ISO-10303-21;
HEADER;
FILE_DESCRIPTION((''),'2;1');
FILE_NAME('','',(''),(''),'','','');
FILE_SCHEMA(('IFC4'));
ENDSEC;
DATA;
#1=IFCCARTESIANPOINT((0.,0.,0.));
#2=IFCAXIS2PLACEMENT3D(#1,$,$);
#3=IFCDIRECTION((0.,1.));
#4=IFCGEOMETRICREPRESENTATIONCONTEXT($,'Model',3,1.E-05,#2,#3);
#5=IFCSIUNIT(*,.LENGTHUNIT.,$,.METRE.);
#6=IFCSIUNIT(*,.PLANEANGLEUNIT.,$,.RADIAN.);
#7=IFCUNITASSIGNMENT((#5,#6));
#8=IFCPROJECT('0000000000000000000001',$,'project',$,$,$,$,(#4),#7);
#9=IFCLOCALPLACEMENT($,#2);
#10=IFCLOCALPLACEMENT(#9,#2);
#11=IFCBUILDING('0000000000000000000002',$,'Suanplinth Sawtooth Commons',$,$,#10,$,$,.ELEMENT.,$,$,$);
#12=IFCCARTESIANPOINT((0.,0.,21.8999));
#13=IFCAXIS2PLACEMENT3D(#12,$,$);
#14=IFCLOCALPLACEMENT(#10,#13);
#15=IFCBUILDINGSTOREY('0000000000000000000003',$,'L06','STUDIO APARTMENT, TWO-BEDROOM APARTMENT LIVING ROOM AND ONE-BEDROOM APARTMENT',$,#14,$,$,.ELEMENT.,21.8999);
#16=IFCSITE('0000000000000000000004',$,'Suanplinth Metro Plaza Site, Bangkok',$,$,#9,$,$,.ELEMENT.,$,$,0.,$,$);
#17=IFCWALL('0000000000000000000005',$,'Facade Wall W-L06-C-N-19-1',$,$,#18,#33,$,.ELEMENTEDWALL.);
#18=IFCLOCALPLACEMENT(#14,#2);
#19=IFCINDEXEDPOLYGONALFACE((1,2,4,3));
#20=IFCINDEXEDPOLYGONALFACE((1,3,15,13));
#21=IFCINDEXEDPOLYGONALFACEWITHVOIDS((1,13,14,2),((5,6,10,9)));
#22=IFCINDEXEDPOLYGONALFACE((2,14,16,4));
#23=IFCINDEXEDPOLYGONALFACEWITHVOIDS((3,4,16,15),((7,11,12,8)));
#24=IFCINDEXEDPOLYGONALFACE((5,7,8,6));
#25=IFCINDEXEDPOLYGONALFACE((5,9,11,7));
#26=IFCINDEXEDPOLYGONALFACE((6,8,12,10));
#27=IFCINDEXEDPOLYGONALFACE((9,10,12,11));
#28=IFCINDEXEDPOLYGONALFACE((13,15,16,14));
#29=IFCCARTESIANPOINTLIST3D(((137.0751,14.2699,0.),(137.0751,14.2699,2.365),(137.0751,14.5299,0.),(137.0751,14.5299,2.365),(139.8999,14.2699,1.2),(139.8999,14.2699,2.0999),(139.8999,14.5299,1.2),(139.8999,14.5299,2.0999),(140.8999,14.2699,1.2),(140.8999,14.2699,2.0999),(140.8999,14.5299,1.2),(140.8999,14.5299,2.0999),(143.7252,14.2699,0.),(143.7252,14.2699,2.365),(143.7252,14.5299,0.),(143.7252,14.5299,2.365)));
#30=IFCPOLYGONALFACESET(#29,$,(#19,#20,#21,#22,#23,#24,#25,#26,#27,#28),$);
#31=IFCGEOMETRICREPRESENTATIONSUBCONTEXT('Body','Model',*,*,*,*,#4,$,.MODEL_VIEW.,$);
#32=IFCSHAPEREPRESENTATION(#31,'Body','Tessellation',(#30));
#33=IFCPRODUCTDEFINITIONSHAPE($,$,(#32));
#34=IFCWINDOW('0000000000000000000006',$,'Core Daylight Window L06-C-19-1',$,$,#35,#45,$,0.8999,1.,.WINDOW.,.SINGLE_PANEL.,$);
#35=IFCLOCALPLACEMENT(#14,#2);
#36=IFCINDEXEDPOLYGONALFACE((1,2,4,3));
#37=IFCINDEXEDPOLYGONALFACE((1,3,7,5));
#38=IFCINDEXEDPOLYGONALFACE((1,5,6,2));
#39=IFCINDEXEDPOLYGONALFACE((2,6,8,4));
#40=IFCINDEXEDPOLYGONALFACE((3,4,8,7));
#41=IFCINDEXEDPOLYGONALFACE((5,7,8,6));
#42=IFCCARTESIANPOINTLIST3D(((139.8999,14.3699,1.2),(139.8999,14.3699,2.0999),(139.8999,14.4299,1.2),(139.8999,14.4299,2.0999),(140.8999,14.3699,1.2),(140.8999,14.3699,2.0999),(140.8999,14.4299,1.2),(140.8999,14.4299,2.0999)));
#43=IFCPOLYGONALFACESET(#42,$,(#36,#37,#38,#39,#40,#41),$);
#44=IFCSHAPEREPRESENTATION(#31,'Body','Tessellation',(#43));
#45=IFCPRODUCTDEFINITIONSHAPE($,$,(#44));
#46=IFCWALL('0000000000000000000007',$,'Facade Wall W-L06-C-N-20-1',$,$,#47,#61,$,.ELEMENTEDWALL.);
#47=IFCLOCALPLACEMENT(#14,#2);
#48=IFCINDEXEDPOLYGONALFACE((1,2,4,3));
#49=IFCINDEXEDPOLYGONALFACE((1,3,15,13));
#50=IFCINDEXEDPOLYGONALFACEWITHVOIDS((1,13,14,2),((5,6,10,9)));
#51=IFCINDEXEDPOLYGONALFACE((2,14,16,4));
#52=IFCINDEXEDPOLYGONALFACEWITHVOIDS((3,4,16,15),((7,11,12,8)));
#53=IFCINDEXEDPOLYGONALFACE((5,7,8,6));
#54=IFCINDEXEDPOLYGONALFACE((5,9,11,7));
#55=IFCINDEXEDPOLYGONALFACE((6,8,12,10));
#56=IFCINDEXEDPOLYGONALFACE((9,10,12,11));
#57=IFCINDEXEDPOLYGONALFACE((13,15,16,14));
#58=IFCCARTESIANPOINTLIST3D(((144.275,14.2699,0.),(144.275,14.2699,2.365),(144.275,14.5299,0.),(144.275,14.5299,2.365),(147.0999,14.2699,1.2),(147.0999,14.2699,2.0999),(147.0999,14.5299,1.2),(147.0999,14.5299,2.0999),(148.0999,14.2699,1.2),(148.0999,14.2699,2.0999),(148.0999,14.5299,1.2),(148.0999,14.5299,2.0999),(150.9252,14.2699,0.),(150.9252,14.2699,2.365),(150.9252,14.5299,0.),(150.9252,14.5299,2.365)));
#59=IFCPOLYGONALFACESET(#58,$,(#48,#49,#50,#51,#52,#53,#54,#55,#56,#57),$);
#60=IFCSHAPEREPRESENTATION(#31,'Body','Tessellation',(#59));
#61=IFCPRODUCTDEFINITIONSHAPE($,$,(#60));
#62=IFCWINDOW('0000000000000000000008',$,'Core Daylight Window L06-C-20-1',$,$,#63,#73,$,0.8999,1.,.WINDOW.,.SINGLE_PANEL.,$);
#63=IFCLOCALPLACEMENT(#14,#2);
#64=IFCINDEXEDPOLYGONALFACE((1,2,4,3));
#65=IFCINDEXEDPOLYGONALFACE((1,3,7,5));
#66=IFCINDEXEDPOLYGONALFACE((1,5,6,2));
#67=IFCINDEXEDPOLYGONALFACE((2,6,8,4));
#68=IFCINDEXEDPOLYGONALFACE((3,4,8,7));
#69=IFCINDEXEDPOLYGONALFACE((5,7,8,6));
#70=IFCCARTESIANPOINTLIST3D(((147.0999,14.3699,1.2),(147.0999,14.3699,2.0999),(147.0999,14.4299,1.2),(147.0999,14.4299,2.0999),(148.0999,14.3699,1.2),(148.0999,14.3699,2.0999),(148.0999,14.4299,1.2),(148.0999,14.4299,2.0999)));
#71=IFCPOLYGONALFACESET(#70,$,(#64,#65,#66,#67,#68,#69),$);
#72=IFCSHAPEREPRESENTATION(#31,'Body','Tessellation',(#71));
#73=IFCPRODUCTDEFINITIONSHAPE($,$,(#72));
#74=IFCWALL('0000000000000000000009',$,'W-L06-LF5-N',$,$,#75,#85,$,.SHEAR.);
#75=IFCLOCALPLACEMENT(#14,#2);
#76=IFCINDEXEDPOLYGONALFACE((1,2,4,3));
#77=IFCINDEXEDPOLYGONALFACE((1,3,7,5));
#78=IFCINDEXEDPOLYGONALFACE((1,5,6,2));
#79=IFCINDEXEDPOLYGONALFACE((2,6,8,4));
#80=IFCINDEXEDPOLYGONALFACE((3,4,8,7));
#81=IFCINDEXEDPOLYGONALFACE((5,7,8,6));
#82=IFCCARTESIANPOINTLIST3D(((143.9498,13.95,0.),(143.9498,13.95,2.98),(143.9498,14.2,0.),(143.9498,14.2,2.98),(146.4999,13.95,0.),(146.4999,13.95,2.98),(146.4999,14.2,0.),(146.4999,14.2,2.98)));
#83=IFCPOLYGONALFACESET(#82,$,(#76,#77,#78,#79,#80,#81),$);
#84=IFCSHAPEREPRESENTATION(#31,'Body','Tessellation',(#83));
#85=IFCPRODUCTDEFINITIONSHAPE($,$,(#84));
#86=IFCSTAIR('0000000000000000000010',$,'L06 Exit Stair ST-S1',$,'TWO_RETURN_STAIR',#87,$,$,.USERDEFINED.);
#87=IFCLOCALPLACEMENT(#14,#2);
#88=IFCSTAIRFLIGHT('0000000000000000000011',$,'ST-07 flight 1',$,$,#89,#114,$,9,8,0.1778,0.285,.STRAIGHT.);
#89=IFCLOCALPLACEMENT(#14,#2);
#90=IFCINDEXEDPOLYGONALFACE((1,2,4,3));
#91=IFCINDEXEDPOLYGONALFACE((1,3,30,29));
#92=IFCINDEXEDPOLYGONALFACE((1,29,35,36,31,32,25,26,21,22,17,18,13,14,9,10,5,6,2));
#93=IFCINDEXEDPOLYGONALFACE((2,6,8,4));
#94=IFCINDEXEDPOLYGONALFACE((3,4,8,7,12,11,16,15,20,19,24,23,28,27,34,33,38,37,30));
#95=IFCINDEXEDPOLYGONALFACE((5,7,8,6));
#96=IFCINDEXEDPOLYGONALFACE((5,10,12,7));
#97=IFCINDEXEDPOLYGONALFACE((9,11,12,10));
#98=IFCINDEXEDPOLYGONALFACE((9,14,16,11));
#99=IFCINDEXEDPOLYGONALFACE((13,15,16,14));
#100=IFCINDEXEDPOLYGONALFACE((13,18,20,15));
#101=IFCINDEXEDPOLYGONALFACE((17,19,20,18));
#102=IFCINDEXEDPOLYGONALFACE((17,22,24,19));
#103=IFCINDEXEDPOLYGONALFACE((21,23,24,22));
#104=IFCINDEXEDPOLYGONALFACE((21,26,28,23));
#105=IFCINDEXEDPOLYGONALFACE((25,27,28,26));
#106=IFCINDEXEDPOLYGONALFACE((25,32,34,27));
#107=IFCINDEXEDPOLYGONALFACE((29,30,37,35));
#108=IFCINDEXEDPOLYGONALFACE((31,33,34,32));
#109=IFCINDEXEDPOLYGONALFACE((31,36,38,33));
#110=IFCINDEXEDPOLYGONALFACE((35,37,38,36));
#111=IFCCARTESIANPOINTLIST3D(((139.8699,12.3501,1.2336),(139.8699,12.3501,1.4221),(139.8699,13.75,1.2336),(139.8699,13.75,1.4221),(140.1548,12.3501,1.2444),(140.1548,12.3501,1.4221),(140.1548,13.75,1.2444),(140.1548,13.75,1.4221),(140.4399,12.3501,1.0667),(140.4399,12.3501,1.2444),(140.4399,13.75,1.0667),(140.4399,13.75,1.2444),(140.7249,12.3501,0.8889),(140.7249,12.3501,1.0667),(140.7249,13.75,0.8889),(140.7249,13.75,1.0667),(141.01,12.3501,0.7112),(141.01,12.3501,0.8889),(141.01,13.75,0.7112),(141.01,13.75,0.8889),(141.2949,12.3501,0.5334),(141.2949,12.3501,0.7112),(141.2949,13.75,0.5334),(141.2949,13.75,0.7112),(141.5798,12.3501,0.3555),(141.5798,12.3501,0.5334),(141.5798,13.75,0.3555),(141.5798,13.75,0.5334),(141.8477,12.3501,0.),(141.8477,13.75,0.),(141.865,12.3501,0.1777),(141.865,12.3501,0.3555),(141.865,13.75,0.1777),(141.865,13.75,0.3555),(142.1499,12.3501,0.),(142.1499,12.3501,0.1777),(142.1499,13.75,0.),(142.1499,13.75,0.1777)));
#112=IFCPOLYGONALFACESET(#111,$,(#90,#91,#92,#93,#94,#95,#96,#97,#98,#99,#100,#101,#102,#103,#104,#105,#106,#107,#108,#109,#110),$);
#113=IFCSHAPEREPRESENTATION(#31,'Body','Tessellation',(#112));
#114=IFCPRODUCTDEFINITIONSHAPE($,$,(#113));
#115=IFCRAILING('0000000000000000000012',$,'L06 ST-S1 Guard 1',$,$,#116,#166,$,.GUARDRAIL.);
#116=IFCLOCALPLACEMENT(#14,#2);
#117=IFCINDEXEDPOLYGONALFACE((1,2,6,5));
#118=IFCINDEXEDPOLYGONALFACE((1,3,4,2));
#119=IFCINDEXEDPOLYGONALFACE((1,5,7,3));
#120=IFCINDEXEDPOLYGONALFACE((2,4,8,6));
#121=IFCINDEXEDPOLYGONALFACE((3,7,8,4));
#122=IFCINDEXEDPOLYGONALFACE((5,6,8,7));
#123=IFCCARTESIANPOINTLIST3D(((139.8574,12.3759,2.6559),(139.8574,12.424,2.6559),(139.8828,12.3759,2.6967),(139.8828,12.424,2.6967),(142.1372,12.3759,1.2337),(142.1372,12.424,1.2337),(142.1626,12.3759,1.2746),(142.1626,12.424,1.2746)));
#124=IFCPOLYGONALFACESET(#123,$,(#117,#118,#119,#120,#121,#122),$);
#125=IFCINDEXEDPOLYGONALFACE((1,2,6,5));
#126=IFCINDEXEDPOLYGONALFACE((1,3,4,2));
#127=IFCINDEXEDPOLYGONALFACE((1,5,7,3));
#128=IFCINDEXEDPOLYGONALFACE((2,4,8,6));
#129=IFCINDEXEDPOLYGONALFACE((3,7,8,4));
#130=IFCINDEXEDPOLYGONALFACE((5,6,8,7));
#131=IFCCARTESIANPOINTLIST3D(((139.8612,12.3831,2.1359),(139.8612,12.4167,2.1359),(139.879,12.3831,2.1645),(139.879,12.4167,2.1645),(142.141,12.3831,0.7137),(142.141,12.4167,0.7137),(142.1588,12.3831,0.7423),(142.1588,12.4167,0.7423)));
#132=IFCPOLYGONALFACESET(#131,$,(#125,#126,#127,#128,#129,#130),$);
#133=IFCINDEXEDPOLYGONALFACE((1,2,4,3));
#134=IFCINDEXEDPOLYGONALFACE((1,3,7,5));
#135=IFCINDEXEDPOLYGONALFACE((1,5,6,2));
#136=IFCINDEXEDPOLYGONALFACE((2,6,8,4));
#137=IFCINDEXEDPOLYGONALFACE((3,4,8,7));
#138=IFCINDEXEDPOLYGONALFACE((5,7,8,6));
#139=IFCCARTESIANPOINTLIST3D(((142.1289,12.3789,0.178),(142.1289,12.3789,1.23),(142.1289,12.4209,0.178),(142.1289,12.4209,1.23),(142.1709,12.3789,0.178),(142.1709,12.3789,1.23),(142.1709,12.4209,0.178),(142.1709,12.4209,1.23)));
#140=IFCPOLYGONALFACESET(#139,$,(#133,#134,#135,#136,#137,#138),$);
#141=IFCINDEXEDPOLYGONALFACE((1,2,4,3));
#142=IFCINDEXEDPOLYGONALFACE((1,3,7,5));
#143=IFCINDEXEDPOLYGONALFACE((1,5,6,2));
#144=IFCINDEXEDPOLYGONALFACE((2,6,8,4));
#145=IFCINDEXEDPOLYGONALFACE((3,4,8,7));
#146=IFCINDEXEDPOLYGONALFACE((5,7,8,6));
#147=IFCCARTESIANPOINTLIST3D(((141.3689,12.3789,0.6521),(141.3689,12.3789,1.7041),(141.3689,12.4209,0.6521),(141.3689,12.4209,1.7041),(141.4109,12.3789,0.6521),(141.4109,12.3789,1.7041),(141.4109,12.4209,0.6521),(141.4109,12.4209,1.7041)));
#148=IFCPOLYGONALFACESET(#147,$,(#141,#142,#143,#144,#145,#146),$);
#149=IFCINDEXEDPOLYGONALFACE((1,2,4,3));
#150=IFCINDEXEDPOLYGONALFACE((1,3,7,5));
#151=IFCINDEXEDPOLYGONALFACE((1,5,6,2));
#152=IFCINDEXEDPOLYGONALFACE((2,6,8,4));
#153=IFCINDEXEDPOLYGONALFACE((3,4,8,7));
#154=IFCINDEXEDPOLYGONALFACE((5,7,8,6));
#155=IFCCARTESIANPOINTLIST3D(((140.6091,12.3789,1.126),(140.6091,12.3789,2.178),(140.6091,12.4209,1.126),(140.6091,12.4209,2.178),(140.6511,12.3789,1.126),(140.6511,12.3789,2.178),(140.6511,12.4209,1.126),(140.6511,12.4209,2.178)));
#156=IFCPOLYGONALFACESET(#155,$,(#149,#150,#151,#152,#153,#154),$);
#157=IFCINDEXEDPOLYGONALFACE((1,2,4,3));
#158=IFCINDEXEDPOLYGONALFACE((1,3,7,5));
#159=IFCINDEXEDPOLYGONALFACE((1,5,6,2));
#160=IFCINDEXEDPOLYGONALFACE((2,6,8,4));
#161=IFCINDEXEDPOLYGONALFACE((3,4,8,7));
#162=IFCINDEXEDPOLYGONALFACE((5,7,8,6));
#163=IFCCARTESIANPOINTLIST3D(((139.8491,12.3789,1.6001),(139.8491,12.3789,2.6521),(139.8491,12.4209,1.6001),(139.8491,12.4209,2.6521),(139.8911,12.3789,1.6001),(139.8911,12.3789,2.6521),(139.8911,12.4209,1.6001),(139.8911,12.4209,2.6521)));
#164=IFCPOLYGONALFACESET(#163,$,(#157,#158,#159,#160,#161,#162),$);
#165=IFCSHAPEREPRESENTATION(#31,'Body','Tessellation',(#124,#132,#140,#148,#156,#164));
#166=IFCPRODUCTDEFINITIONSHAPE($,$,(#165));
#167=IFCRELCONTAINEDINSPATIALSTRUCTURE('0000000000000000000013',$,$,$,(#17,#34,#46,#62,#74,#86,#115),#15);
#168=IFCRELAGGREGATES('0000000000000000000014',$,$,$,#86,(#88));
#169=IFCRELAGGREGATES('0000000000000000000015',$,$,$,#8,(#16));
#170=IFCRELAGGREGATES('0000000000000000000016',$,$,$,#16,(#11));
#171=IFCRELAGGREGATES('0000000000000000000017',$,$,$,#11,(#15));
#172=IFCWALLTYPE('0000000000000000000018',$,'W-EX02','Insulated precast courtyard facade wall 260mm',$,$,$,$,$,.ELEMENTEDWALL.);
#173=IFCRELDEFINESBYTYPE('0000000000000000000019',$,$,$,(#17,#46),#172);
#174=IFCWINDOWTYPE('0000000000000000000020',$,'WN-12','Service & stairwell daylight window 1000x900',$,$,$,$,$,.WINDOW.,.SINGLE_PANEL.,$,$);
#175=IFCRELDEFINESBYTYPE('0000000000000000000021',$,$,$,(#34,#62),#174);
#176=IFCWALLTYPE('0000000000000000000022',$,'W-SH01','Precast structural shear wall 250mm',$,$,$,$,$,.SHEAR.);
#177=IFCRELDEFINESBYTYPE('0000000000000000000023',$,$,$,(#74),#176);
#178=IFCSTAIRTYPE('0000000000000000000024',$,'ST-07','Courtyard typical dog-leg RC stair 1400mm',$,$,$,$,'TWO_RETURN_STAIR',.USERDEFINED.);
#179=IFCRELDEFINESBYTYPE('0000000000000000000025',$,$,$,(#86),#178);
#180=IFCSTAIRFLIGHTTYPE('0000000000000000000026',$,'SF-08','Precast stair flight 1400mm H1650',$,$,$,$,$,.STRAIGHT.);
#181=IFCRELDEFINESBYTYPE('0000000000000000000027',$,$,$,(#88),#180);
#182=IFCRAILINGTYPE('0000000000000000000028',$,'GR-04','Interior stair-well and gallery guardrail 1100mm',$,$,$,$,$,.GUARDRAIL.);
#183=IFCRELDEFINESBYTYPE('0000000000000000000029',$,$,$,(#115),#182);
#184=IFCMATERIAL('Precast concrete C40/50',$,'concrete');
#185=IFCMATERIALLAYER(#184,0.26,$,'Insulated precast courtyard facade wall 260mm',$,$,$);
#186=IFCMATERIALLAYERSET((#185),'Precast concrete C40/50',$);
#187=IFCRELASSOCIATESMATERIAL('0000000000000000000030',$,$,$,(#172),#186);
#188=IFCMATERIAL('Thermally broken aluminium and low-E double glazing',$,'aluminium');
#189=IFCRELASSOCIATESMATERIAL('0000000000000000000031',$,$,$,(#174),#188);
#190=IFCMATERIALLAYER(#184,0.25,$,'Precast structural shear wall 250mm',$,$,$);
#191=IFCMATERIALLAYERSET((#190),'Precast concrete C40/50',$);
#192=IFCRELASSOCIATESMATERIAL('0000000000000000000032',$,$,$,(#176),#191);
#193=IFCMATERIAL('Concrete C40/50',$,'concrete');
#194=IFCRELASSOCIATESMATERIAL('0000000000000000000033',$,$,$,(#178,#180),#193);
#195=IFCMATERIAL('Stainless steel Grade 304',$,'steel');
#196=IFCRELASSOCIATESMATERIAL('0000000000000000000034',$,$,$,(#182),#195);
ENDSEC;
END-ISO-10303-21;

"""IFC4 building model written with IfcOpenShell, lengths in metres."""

from ifc_helpers import new_model, si_unit, direction, frame, frame_2d, origin, origin_2d, place, context, subcontext, project, spatial, polyline, rectangle, outline, extrude, material, layer, layer_set, type_object, element, fill, aggregate, save


model = new_model("IFC4")

# Units and contexts
model_context = context("Model", 3, precision=1e-05, world=origin(), true_north=direction((0.0, 1.0)))
body_context = subcontext(model_context, "Body", "Model", "MODEL_VIEW")
ifc_project = project(units=[si_unit("LENGTHUNIT", "METRE"), si_unit("PLANEANGLEUNIT", "RADIAN")], contexts=[model_context])

# Site, building, storey
site_placement = place(None, origin())
site = spatial("IfcSite", under=ifc_project, at=site_placement, Name="Suanplinth Metro Plaza Site, Bangkok", CompositionType="ELEMENT", RefElevation=0.0)
building_placement = place(site_placement, origin())
building = spatial("IfcBuilding", under=site, at=building_placement, Name="Suanplinth Sawtooth Commons", CompositionType="ELEMENT")
storey_placement = place(building_placement, frame((0.0, 0.0, 21.8999)))
storey = spatial("IfcBuildingStorey", under=building, at=storey_placement, Name="L06", Description="STUDIO APARTMENT, TWO-BEDROOM APARTMENT LIVING ROOM AND ONE-BEDROOM APARTMENT", CompositionType="ELEMENT", Elevation=21.8999)

# Shared definitions
ifc_material_1 = material(Name="Precast concrete C40/50", Category="concrete")

# Shared definitions
ifc_material_2 = material(Name="Concrete C40/50", Category="concrete")

# Shared definitions
ifc_layer_1 = layer(ifc_material_1, 0.26, Name="Insulated precast courtyard facade wall 260mm")
ifc_layer_set_1 = layer_set([ifc_layer_1], Name="Precast concrete C40/50")
wall_type_1 = type_object("IfcWallType", Name="W-EX02", Description="Insulated precast courtyard facade wall 260mm", PredefinedType="ELEMENTEDWALL", material=ifc_layer_set_1)
ifc_material_3 = material(Name="Thermally broken aluminium and low-E double glazing", Category="aluminium")

# Walls, openings, windows
wall_1_placement = place(storey_placement, frame((137.075, 14.3999, 0.0), z_axis=(0.0, 0.0, 1.0), x_axis=(1.0, 0.0, 0.0)))
wall_1 = element("IfcWall", 1, at=wall_1_placement, inside=storey, type_object=wall_type_1, Name="Facade Wall W-L06-C-N-19-1", PredefinedType="ELEMENTEDWALL", context=body_context, shape_type="SweptSolid", body=[
    extrude(rectangle(XDim=6.6501, YDim=0.26, at=frame_2d((3.3252, 0.0))), origin(), (0.0, 0.0, 1.0), 2.365),
])
opening_1_placement = place(wall_1_placement, frame((2.825, 0.0, 1.2)))
opening_1 = element("IfcOpeningElement", 2, at=opening_1_placement, cuts=wall_1, PredefinedType="OPENING", context=body_context, shape_type="SweptSolid", body=[
    extrude(rectangle(XDim=1.0, YDim=0.8999, at=frame_2d((0.5, 0.45))), frame((0.0, 0.145, 0.0), z_axis=(0.0, -1.0, 0.0), x_axis=(1.0, 0.0, 0.0)), (0.0, 0.0, 1.0), 0.2898),
])
window_type_1 = type_object("IfcWindowType", Name="WN-12", Description="Service & stairwell daylight window 1000x900", PartitioningType="SINGLE_PANEL", PredefinedType="WINDOW", material=ifc_material_3)
window_1_placement = place(opening_1_placement, origin())
window_1 = element("IfcWindow", 3, at=window_1_placement, inside=storey, type_object=window_type_1, Name="Core Daylight Window L06-C-19-1", OverallHeight=0.8999, OverallWidth=1.0, PartitioningType="SINGLE_PANEL", PredefinedType="WINDOW", context=body_context, shape_type="SweptSolid", body=[
    extrude(rectangle(XDim=1.0, YDim=0.8999, at=frame_2d((0.5, 0.45))), frame((0.0, 0.03, 0.0), z_axis=(0.0, -1.0, 0.0), x_axis=(1.0, 0.0, 0.0)), (0.0, 0.0, 1.0), 0.0601),
])
fill(opening_1, window_1)
wall_2_placement = place(storey_placement, frame((144.2749, 14.3999, 0.0), z_axis=(0.0, 0.0, 1.0), x_axis=(1.0, 0.0, 0.0)))
wall_2 = element("IfcWall", 4, at=wall_2_placement, inside=storey, type_object=wall_type_1, Name="Facade Wall W-L06-C-N-20-1", PredefinedType="ELEMENTEDWALL", context=body_context, shape_type="SweptSolid", body=[
    extrude(rectangle(XDim=6.6501, YDim=0.26, at=frame_2d((3.3252, 0.0))), origin(), (0.0, 0.0, 1.0), 2.365),
])
opening_2_placement = place(wall_2_placement, frame((2.825, 0.0, 1.2)))
opening_2 = element("IfcOpeningElement", 5, at=opening_2_placement, cuts=wall_2, PredefinedType="OPENING", context=body_context, shape_type="SweptSolid", body=[
    extrude(rectangle(XDim=1.0, YDim=0.8999, at=frame_2d((0.5, 0.45))), frame((0.0, 0.145, 0.0), z_axis=(0.0, -1.0, 0.0), x_axis=(1.0, 0.0, 0.0)), (0.0, 0.0, 1.0), 0.2898),
])
window_2_placement = place(opening_2_placement, origin())
window_2 = element("IfcWindow", 6, at=window_2_placement, inside=storey, type_object=window_type_1, Name="Core Daylight Window L06-C-20-1", OverallHeight=0.8999, OverallWidth=1.0, PartitioningType="SINGLE_PANEL", PredefinedType="WINDOW", context=body_context, shape_type="SweptSolid", body=[
    extrude(rectangle(XDim=1.0, YDim=0.8999, at=frame_2d((0.5, 0.45))), frame((0.0, 0.03, 0.0), z_axis=(0.0, -1.0, 0.0), x_axis=(1.0, 0.0, 0.0)), (0.0, 0.0, 1.0), 0.0601),
])
fill(opening_2, window_2)

# Wall
ifc_layer_2 = layer(ifc_material_1, 0.25, Name="Precast structural shear wall 250mm")
ifc_layer_set_2 = layer_set([ifc_layer_2], Name="Precast concrete C40/50")
wall_type_2 = type_object("IfcWallType", Name="W-SH01", Description="Precast structural shear wall 250mm", PredefinedType="SHEAR", material=ifc_layer_set_2)
wall_3_placement = place(storey_placement, frame((143.95, 14.075, 0.0), z_axis=(0.0, 0.0, 1.0), x_axis=(1.0, 0.0, 0.0)))
element("IfcWall", 7, at=wall_3_placement, inside=storey, type_object=wall_type_2, Name="W-L06-LF5-N", PredefinedType="SHEAR", context=body_context, shape_type="SweptSolid", body=[
    extrude(rectangle(XDim=2.55, YDim=0.25, at=frame_2d((1.2749, 0.0))), origin(), (0.0, 0.0, 1.0), 2.98),
])

# Stair, stair flight
stair_type = type_object("IfcStairType", Name="ST-07", Description="Courtyard typical dog-leg RC stair 1400mm", ElementType="TWO_RETURN_STAIR", PredefinedType="USERDEFINED", material=ifc_material_2)
stair_placement = place(storey_placement, origin())
stair = element("IfcStair", 8, at=stair_placement, inside=storey, type_object=stair_type, Name="L06 Exit Stair ST-S1", ObjectType="TWO_RETURN_STAIR", PredefinedType="USERDEFINED")
stair_flight_type = type_object("IfcStairFlightType", Name="SF-08", Description="Precast stair flight 1400mm H1650", PredefinedType="STRAIGHT", material=ifc_material_2)
stair_flight_placement = place(storey_placement, frame((142.1499, 13.05, 0.0), z_axis=(0.0, 0.0, 1.0), x_axis=(-1.0, 0.0, 0.0)))
stair_flight = element("IfcStairFlight", 9, at=stair_flight_placement, type_object=stair_flight_type, Name="ST-07 flight 1", NumberOfRisers=9, NumberOfTreads=8, PredefinedType="STRAIGHT", RiserHeight=0.1778, TreadLength=0.285, context=body_context, shape_type="SweptSolid", body=[
    extrude(outline(polyline([(0.0, 0.0), (0.0, 0.1777), (0.2849, 0.1777), (0.2849, 0.3555), (0.5701, 0.3555), (0.5701, 0.5334), (0.855, 0.5334), (0.855, 0.7112), (1.1399, 0.7112), (1.1399, 0.8889), (1.425, 0.8889), (1.425, 1.0667), (1.71, 1.0667), (1.71, 1.2444), (1.9951, 1.2444), (1.9951, 1.4221), (2.28, 1.4221), (2.28, 1.6001), (2.28, 1.2336), (0.3022, 0.0), (0.0, 0.0)])), frame((0.0, 0.7, 0.0), z_axis=(0.0, -1.0, 0.0), x_axis=(1.0, 0.0, 0.0)), (0.0, 0.0, 1.0), 1.3999),
])
aggregate(stair, [stair_flight])

# Railing
ifc_material_4 = material(Name="Stainless steel Grade 304", Category="steel")
railing_type_1 = type_object("IfcRailingType", Name="GR-04", Description="Interior stair-well and gallery guardrail 1100mm", PredefinedType="GUARDRAIL", material=ifc_material_4)
railing_1_placement = place(storey_placement, frame((142.1499, 12.3999, 0.178)))
element("IfcRailing", 10, at=railing_1_placement, inside=storey, type_object=railing_type_1, Name="L06 ST-S1 Guard 1", PredefinedType="GUARDRAIL", context=body_context, shape_type="SweptSolid", body=[
    extrude(rectangle(XDim=0.0481, YDim=0.0481, at=origin_2d()), frame((0.0, 0.0, 1.0762), z_axis=(-0.848457, 0.0, 0.529264), x_axis=(0.0, -1.0, 0.0)), (0.0, 0.0, 1.0), 2.687),
    extrude(rectangle(XDim=0.0337, YDim=0.0337, at=origin_2d()), frame((0.0, 0.0, 0.55), z_axis=(-0.848457, 0.0, 0.529264), x_axis=(0.0, -1.0, 0.0)), (0.0, 0.0, 1.0), 2.687),
    extrude(rectangle(XDim=0.042, YDim=0.042, at=origin_2d()), origin(), (0.0, 0.0, 1.0), 1.052),
    extrude(rectangle(XDim=0.042, YDim=0.042, at=origin_2d()), frame((-0.76, 0.0, 0.4741)), (0.0, 0.0, 1.0), 1.052),
    extrude(rectangle(XDim=0.042, YDim=0.042, at=origin_2d()), frame((-1.5198, 0.0, 0.948)), (0.0, 0.0, 1.0), 1.052),
    extrude(rectangle(XDim=0.042, YDim=0.042, at=origin_2d()), frame((-2.2798, 0.0, 1.4221)), (0.0, 0.0, 1.0), 1.052),
])

save(model, "model.ifc")
